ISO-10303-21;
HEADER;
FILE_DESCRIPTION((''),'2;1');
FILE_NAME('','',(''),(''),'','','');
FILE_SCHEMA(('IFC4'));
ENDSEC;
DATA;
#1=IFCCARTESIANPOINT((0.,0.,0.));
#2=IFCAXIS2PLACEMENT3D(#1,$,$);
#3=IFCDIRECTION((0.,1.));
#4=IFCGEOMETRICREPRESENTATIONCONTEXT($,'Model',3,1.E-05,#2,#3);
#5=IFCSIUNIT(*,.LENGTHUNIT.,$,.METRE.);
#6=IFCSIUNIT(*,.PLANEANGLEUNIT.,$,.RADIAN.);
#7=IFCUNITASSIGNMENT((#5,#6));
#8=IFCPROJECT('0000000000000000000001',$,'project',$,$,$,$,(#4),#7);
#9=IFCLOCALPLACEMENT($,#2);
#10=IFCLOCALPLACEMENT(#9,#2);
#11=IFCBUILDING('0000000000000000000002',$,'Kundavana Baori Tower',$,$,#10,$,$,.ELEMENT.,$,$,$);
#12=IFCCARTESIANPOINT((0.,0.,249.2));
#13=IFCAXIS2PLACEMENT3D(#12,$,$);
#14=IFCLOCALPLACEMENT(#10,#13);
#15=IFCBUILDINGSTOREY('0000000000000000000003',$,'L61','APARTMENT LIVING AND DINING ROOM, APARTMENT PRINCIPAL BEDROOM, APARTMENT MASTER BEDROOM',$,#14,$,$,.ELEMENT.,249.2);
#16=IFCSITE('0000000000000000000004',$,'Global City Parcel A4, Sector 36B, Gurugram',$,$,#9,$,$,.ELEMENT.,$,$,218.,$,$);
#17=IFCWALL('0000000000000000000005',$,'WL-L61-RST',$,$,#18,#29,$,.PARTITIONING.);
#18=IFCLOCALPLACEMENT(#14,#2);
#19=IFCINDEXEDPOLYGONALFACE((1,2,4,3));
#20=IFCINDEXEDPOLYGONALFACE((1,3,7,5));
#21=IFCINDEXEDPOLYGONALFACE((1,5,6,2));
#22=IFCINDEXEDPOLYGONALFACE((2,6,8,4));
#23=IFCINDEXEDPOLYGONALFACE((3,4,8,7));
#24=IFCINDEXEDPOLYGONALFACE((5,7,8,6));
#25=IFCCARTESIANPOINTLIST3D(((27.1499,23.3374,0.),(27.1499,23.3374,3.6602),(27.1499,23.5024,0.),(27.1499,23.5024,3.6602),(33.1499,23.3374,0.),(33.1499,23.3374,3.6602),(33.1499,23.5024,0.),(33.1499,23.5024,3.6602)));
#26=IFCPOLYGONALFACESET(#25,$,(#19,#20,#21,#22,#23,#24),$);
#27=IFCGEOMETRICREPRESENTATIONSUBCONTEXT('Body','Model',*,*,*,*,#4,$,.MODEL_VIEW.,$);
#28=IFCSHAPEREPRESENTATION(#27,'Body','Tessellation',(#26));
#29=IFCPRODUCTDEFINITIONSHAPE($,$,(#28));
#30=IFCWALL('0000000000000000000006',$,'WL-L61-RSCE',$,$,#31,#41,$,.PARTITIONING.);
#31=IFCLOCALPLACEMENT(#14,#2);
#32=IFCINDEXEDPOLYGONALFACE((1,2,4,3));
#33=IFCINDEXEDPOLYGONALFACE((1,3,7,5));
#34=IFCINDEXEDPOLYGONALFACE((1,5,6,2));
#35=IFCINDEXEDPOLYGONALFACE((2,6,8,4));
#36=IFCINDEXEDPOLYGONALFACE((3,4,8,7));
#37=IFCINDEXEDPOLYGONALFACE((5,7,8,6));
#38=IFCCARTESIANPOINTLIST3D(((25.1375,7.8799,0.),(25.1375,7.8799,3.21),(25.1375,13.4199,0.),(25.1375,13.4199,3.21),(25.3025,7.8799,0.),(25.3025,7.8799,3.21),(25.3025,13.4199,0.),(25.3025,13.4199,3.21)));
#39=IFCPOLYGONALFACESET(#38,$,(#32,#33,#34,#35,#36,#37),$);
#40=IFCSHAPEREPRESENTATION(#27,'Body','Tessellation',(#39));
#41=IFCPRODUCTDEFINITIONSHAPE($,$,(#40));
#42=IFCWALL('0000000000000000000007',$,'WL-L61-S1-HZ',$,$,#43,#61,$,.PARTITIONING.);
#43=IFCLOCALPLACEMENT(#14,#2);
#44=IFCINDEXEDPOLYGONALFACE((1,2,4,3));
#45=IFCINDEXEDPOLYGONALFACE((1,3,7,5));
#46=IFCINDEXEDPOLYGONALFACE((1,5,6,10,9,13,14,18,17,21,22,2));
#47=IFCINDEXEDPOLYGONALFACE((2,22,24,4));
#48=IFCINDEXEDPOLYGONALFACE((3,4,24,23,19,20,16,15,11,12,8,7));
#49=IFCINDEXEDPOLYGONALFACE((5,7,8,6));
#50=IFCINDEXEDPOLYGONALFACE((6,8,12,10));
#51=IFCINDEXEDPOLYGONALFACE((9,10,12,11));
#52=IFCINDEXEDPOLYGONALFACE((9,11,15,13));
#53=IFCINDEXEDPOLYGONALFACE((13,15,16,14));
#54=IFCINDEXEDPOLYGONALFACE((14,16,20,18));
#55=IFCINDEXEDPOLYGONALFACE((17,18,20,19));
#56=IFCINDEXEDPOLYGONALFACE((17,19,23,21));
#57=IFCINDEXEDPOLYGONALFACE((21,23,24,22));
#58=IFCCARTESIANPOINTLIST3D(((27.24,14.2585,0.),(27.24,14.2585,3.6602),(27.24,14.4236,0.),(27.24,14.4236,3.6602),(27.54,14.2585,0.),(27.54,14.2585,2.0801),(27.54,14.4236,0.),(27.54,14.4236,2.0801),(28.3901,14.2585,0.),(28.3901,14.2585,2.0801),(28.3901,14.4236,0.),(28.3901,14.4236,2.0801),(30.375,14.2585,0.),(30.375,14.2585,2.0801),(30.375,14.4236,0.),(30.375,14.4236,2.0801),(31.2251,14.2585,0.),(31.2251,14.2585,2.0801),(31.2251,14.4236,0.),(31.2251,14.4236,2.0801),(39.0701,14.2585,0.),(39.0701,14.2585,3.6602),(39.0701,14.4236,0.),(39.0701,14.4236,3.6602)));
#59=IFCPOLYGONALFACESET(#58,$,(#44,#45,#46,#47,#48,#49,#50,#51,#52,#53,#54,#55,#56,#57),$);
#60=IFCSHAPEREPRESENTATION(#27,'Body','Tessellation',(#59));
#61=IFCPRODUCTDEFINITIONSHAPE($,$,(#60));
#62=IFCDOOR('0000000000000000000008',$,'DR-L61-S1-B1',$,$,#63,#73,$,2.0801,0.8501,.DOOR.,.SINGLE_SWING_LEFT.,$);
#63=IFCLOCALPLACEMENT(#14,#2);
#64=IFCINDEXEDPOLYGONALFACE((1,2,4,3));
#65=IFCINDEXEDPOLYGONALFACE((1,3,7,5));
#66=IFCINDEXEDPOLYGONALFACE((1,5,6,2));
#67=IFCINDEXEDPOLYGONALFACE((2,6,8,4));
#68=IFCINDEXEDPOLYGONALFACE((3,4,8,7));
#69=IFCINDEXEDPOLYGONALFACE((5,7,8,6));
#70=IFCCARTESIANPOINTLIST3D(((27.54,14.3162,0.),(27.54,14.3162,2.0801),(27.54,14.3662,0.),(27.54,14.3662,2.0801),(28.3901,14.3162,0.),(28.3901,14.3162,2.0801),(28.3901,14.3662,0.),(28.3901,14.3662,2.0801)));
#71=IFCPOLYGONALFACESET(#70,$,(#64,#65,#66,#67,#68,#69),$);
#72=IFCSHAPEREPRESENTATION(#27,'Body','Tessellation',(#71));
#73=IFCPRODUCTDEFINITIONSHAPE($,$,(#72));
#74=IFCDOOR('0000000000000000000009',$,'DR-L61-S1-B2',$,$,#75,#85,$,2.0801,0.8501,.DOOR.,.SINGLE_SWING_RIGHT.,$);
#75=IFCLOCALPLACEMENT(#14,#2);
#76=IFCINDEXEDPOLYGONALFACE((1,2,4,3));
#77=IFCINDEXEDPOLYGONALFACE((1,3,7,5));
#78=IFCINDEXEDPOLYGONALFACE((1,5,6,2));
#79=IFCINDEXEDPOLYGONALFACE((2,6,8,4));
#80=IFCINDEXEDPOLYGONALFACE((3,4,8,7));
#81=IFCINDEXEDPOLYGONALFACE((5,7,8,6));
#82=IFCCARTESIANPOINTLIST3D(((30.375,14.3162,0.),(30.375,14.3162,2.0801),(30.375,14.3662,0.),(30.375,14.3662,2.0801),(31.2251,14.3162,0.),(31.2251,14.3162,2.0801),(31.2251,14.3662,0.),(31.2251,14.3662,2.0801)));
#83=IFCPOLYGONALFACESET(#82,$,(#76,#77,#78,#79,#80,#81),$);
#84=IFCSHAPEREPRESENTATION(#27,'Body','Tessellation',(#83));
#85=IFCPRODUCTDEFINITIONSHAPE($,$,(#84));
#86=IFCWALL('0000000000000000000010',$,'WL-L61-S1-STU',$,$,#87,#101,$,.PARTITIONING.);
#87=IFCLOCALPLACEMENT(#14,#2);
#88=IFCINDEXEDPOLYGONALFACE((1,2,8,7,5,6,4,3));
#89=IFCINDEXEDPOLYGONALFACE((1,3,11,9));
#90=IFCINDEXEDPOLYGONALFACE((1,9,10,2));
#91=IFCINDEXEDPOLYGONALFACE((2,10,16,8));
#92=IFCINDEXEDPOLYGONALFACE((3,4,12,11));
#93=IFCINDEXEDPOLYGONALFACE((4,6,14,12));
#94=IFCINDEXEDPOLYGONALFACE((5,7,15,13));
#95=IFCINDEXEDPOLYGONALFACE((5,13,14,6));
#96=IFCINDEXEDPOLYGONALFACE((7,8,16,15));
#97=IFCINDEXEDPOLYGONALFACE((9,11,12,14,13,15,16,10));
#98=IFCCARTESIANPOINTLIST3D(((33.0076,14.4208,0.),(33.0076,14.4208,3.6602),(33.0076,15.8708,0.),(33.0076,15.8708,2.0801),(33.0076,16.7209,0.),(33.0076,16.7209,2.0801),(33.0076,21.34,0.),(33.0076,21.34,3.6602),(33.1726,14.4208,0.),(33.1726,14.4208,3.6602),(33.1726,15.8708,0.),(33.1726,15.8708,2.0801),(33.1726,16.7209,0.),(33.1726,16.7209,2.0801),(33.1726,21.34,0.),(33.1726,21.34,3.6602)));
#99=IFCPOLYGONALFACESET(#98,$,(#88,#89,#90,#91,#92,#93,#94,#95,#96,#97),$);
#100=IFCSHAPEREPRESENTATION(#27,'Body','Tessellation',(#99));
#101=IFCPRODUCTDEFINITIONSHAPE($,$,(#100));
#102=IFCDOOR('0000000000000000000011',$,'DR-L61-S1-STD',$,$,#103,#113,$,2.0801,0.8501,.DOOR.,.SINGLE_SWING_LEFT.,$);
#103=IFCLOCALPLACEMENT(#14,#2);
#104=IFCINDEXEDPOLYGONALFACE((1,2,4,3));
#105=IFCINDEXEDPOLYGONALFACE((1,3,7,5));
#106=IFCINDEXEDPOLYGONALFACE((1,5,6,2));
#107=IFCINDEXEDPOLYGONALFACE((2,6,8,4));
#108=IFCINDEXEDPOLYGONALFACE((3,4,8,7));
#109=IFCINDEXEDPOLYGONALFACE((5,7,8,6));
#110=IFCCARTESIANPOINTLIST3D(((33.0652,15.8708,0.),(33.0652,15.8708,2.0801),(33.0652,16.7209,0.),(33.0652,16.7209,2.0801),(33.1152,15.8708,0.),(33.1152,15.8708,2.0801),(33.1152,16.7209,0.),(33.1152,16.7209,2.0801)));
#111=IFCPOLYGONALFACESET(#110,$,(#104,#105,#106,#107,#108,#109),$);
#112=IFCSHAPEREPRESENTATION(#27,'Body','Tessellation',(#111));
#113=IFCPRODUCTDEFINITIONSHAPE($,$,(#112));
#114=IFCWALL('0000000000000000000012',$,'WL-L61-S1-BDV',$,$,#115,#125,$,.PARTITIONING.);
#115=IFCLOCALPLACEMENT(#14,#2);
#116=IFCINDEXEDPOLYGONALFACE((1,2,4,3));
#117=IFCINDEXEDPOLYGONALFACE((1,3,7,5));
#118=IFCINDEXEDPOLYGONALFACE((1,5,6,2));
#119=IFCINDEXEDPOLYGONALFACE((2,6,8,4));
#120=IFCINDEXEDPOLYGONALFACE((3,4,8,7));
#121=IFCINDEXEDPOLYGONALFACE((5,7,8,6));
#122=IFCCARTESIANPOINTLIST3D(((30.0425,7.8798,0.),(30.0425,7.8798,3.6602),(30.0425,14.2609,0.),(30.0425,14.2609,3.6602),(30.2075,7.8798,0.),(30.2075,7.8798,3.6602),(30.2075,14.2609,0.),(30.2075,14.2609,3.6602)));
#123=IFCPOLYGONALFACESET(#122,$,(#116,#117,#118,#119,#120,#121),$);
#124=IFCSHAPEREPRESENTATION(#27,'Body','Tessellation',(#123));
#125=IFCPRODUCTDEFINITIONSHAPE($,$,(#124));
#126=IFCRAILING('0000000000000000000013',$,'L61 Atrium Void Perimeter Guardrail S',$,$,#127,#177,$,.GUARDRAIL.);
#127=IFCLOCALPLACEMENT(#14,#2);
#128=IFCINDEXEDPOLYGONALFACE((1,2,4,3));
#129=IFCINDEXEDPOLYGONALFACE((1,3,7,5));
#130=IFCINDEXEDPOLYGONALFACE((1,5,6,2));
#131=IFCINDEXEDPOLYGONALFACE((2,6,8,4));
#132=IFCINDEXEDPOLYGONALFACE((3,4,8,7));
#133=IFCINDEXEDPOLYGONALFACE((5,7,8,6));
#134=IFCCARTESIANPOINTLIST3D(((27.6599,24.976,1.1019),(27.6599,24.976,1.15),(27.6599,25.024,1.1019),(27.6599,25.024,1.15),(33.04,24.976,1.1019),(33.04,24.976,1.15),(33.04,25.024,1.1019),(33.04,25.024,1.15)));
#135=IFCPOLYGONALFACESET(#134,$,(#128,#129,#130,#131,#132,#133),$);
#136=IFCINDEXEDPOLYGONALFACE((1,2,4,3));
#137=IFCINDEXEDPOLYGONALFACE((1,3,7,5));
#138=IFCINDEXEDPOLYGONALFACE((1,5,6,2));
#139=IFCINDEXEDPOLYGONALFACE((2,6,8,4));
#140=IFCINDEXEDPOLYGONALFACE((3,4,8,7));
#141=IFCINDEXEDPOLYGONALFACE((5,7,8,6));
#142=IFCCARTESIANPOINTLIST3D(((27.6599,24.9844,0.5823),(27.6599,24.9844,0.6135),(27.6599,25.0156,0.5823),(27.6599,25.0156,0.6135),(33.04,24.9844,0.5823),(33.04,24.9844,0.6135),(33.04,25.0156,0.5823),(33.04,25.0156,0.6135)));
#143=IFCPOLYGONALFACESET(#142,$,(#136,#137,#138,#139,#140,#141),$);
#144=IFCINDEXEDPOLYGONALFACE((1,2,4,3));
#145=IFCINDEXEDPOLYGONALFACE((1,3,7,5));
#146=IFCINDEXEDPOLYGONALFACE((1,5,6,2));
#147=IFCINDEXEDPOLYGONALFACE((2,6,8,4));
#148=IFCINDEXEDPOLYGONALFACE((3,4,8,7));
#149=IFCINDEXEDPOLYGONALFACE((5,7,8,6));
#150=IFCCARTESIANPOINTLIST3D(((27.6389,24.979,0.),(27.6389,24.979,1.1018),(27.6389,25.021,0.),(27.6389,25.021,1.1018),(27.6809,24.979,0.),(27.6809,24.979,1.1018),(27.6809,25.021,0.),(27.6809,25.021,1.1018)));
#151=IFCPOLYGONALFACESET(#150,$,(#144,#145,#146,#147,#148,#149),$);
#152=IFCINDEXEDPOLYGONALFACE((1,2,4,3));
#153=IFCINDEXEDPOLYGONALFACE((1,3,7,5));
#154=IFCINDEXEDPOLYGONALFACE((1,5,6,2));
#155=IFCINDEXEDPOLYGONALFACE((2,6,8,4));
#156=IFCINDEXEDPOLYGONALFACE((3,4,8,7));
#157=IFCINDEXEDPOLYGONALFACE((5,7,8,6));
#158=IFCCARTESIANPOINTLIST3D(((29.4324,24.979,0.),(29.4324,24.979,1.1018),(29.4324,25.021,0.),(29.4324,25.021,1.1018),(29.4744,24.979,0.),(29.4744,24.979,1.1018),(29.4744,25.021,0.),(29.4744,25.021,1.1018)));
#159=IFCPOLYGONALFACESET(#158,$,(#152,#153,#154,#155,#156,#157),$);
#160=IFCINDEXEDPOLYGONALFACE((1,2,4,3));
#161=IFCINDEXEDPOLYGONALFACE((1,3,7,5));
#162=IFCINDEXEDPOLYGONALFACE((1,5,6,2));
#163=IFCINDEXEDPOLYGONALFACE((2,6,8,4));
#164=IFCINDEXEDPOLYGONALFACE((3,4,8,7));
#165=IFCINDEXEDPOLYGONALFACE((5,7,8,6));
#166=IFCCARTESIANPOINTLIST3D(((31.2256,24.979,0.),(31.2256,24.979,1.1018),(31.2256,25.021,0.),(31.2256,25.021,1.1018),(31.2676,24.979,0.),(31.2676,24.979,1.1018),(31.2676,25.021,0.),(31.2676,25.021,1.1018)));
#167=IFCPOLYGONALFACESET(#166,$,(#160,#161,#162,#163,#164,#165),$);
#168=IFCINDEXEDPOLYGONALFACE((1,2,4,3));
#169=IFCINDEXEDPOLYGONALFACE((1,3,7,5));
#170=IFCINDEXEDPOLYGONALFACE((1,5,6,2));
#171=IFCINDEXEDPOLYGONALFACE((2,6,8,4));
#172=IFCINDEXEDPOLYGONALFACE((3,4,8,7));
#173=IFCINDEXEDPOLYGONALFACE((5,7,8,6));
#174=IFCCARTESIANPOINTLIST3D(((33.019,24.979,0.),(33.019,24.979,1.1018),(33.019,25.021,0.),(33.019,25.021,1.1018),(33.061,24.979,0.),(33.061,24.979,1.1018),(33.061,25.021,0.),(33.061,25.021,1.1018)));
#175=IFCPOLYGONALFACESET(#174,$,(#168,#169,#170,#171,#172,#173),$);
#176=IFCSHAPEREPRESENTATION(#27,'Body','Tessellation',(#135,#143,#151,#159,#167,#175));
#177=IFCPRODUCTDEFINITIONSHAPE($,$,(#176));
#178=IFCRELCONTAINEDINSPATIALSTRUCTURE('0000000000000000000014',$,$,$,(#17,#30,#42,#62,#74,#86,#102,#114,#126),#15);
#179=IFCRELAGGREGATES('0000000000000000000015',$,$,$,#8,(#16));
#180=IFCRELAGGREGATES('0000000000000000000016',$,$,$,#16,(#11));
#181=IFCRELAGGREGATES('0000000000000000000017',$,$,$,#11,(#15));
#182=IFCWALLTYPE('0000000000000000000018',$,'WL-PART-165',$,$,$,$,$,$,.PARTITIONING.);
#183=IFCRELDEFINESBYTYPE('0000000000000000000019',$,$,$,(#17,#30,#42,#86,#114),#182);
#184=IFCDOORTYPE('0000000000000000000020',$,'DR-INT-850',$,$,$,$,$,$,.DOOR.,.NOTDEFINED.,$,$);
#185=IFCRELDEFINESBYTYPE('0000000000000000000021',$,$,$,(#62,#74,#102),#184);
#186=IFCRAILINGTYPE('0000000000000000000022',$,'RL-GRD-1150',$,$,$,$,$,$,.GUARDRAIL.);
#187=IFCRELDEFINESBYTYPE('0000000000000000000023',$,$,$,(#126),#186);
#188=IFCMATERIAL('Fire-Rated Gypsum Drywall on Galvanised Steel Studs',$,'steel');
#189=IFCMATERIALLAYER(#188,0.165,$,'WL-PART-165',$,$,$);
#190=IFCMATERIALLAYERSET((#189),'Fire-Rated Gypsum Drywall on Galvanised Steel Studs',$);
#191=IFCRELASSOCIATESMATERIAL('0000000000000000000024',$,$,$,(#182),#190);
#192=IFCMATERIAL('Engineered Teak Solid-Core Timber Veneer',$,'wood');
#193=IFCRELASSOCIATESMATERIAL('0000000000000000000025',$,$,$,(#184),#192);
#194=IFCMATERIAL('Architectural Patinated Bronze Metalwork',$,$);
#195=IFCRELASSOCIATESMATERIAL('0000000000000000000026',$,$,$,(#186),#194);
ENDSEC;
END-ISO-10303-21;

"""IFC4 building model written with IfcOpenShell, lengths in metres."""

from ifc_helpers import new_model, si_unit, direction, frame, frame_2d, origin, origin_2d, place, context, subcontext, project, spatial, rectangle, extrude, material, layer, layer_set, type_object, element, fill, save


model = new_model("IFC4")

# Units and contexts
model_context = context("Model", 3, precision=1e-05, world=origin(), true_north=direction((0.0, 1.0)))
body_context = subcontext(model_context, "Body", "Model", "MODEL_VIEW")
ifc_project = project(units=[si_unit("LENGTHUNIT", "METRE"), si_unit("PLANEANGLEUNIT", "RADIAN")], contexts=[model_context])

# Site, building, storey
site_placement = place(None, origin())
site = spatial("IfcSite", under=ifc_project, at=site_placement, Name="Global City Parcel A4, Sector 36B, Gurugram", CompositionType="ELEMENT", RefElevation=218.0)
building_placement = place(site_placement, origin())
building = spatial("IfcBuilding", under=site, at=building_placement, Name="Kundavana Baori Tower", CompositionType="ELEMENT")
storey_placement = place(building_placement, frame((0.0, 0.0, 249.2)))
storey = spatial("IfcBuildingStorey", under=building, at=storey_placement, Name="L61", Description="APARTMENT LIVING AND DINING ROOM, APARTMENT PRINCIPAL BEDROOM, APARTMENT MASTER BEDROOM", CompositionType="ELEMENT", Elevation=249.2)

# Shared definitions
ifc_material_1 = material(Name="Fire-Rated Gypsum Drywall on Galvanised Steel Studs", Category="steel")
ifc_layer = layer(ifc_material_1, 0.165, Name="WL-PART-165")
ifc_layer_set = layer_set([ifc_layer], Name="Fire-Rated Gypsum Drywall on Galvanised Steel Studs")
wall_type = type_object("IfcWallType", Name="WL-PART-165", PredefinedType="PARTITIONING", material=ifc_layer_set)

# Walls
wall_1_placement = place(storey_placement, frame((27.1499, 23.4199, 0.0), z_axis=(0.0, 0.0, 1.0), x_axis=(1.0, 0.0, 0.0)))
element("IfcWall", 1, at=wall_1_placement, inside=storey, type_object=wall_type, Name="WL-L61-RST", PredefinedType="PARTITIONING", context=body_context, shape_type="SweptSolid", body=[
    extrude(rectangle(XDim=6.0, YDim=0.165, at=frame_2d((3.0, 0.0))), origin(), (0.0, 0.0, 1.0), 3.6602),
])
wall_2_placement = place(storey_placement, frame((25.22, 7.8799, 0.0), z_axis=(0.0, 0.0, 1.0), x_axis=(0.0, 1.0, 0.0)))
element("IfcWall", 2, at=wall_2_placement, inside=storey, type_object=wall_type, Name="WL-L61-RSCE", PredefinedType="PARTITIONING", context=body_context, shape_type="SweptSolid", body=[
    extrude(rectangle(XDim=5.54, YDim=0.165, at=frame_2d((2.77, 0.0))), origin(), (0.0, 0.0, 1.0), 3.21),
])

# Wall, openings, doors
wall_3_placement = place(storey_placement, frame((27.24, 14.3411, 0.0), z_axis=(0.0, 0.0, 1.0), x_axis=(1.0, 0.0, 0.0)))
wall_3 = element("IfcWall", 3, at=wall_3_placement, inside=storey, type_object=wall_type, Name="WL-L61-S1-HZ", PredefinedType="PARTITIONING", context=body_context, shape_type="SweptSolid", body=[
    extrude(rectangle(XDim=11.8301, YDim=0.165, at=frame_2d((5.915, 0.0))), origin(), (0.0, 0.0, 1.0), 3.6602),
])
opening_1_placement = place(wall_3_placement, frame((0.3, 0.0, 0.0)))
opening_1 = element("IfcOpeningElement", 4, at=opening_1_placement, cuts=wall_3, PredefinedType="OPENING", context=body_context, shape_type="SweptSolid", body=[
    extrude(rectangle(XDim=0.8501, YDim=2.0801, at=frame_2d((0.425, 1.04))), frame((0.0, 0.0925, 0.0), z_axis=(0.0, -1.0, 0.0), x_axis=(1.0, 0.0, 0.0)), (0.0, 0.0, 1.0), 0.1851),
])
opening_2_placement = place(wall_3_placement, frame((3.135, 0.0, 0.0)))
opening_2 = element("IfcOpeningElement", 5, at=opening_2_placement, cuts=wall_3, PredefinedType="OPENING", context=body_context, shape_type="SweptSolid", body=[
    extrude(rectangle(XDim=0.8501, YDim=2.0801, at=frame_2d((0.425, 1.04))), frame((0.0, 0.0925, 0.0), z_axis=(0.0, -1.0, 0.0), x_axis=(1.0, 0.0, 0.0)), (0.0, 0.0, 1.0), 0.1851),
])
ifc_material_2 = material(Name="Engineered Teak Solid-Core Timber Veneer", Category="wood")
door_type_1 = type_object("IfcDoorType", Name="DR-INT-850", OperationType="NOTDEFINED", PredefinedType="DOOR", material=ifc_material_2)
door_1_placement = place(opening_1_placement, frame((0.8501, 0.0, 0.0), z_axis=(0.0, 0.0, 1.0), x_axis=(-1.0, 0.0, 0.0)))
door_1 = element("IfcDoor", 6, at=door_1_placement, inside=storey, type_object=door_type_1, Name="DR-L61-S1-B1", OperationType="SINGLE_SWING_LEFT", OverallHeight=2.0801, OverallWidth=0.8501, PredefinedType="DOOR", context=body_context, shape_type="SweptSolid", body=[
    extrude(rectangle(XDim=0.8501, YDim=2.0801, at=frame_2d((0.425, 1.04))), frame((0.0, 0.0249, 0.0), z_axis=(0.0, -1.0, 0.0), x_axis=(1.0, 0.0, 0.0)), (0.0, 0.0, 1.0), 0.05),
])
fill(opening_1, door_1)
door_2_placement = place(opening_2_placement, frame((0.8501, 0.0, 0.0), z_axis=(0.0, 0.0, 1.0), x_axis=(-1.0, 0.0, 0.0)))
door_2 = element("IfcDoor", 7, at=door_2_placement, inside=storey, type_object=door_type_1, Name="DR-L61-S1-B2", OperationType="SINGLE_SWING_RIGHT", OverallHeight=2.0801, OverallWidth=0.8501, PredefinedType="DOOR", context=body_context, shape_type="SweptSolid", body=[
    extrude(rectangle(XDim=0.8501, YDim=2.0801, at=frame_2d((0.425, 1.04))), frame((0.0, 0.0249, 0.0), z_axis=(0.0, -1.0, 0.0), x_axis=(1.0, 0.0, 0.0)), (0.0, 0.0, 1.0), 0.05),
])
fill(opening_2, door_2)

# Wall, opening, door
wall_4_placement = place(storey_placement, frame((33.0901, 14.4209, 0.0), z_axis=(0.0, 0.0, 1.0), x_axis=(0.0, 1.0, 0.0)))
wall_4 = element("IfcWall", 8, at=wall_4_placement, inside=storey, type_object=wall_type, Name="WL-L61-S1-STU", PredefinedType="PARTITIONING", context=body_context, shape_type="SweptSolid", body=[
    extrude(rectangle(XDim=6.9192, YDim=0.165, at=frame_2d((3.4595, 0.0))), origin(), (0.0, 0.0, 1.0), 3.6602),
])
opening_3_placement = place(wall_4_placement, frame((1.45, 0.0, 0.0)))
opening_3 = element("IfcOpeningElement", 9, at=opening_3_placement, cuts=wall_4, PredefinedType="OPENING", context=body_context, shape_type="SweptSolid", body=[
    extrude(rectangle(XDim=0.8501, YDim=2.0801, at=frame_2d((0.425, 1.04))), frame((0.0, 0.0925, 0.0), z_axis=(0.0, -1.0, 0.0), x_axis=(1.0, 0.0, 0.0)), (0.0, 0.0, 1.0), 0.1851),
])
door_3_placement = place(opening_3_placement, origin())
door_3 = element("IfcDoor", 10, at=door_3_placement, inside=storey, type_object=door_type_1, Name="DR-L61-S1-STD", OperationType="SINGLE_SWING_LEFT", OverallHeight=2.0801, OverallWidth=0.8501, PredefinedType="DOOR", context=body_context, shape_type="SweptSolid", body=[
    extrude(rectangle(XDim=0.8501, YDim=2.0801, at=frame_2d((0.425, 1.04))), frame((0.0, 0.0249, 0.0), z_axis=(0.0, -1.0, 0.0), x_axis=(1.0, 0.0, 0.0)), (0.0, 0.0, 1.0), 0.05),
])
fill(opening_3, door_3)

# Wall
wall_5_placement = place(storey_placement, frame((30.125, 7.8799, 0.0), z_axis=(0.0, 0.0, 1.0), x_axis=(0.0, 1.0, 0.0)))
element("IfcWall", 11, at=wall_5_placement, inside=storey, type_object=wall_type, Name="WL-L61-S1-BDV", PredefinedType="PARTITIONING", context=body_context, shape_type="SweptSolid", body=[
    extrude(rectangle(XDim=6.3811, YDim=0.165, at=frame_2d((3.1904, 0.0))), origin(), (0.0, 0.0, 1.0), 3.6602),
])

# Railing
ifc_material_3 = material(Name="Architectural Patinated Bronze Metalwork")
railing_type = type_object("IfcRailingType", Name="RL-GRD-1150", PredefinedType="GUARDRAIL", material=ifc_material_3)
railing_1_placement = place(storey_placement, frame((27.6599, 25.0, 0.0)))
element("IfcRailing", 12, at=railing_1_placement, inside=storey, type_object=railing_type, Name="L61 Atrium Void Perimeter Guardrail S", PredefinedType="GUARDRAIL", context=body_context, shape_type="SweptSolid", body=[
    extrude(rectangle(XDim=0.0481, YDim=0.0481, at=origin_2d()), frame((0.0, 0.0, 1.126), z_axis=(1.0, 0.0, 0.0), x_axis=(0.0, 1.0, 0.0)), (0.0, 0.0, 1.0), 5.3801),
    extrude(rectangle(XDim=0.0312, YDim=0.0312, at=origin_2d()), frame((0.0, 0.0, 0.5979), z_axis=(1.0, 0.0, 0.0), x_axis=(0.0, 1.0, 0.0)), (0.0, 0.0, 1.0), 5.3801),
    extrude(rectangle(XDim=0.042, YDim=0.042, at=origin_2d()), origin(), (0.0, 0.0, 1.0), 1.1018),
    extrude(rectangle(XDim=0.042, YDim=0.042, at=origin_2d()), frame((1.7935, 0.0, 0.0)), (0.0, 0.0, 1.0), 1.1018),
    extrude(rectangle(XDim=0.042, YDim=0.042, at=origin_2d()), frame((3.5867, 0.0, 0.0)), (0.0, 0.0, 1.0), 1.1018),
    extrude(rectangle(XDim=0.042, YDim=0.042, at=origin_2d()), frame((5.3801, 0.0, 0.0)), (0.0, 0.0, 1.0), 1.1018),
])

save(model, "model.ifc")
